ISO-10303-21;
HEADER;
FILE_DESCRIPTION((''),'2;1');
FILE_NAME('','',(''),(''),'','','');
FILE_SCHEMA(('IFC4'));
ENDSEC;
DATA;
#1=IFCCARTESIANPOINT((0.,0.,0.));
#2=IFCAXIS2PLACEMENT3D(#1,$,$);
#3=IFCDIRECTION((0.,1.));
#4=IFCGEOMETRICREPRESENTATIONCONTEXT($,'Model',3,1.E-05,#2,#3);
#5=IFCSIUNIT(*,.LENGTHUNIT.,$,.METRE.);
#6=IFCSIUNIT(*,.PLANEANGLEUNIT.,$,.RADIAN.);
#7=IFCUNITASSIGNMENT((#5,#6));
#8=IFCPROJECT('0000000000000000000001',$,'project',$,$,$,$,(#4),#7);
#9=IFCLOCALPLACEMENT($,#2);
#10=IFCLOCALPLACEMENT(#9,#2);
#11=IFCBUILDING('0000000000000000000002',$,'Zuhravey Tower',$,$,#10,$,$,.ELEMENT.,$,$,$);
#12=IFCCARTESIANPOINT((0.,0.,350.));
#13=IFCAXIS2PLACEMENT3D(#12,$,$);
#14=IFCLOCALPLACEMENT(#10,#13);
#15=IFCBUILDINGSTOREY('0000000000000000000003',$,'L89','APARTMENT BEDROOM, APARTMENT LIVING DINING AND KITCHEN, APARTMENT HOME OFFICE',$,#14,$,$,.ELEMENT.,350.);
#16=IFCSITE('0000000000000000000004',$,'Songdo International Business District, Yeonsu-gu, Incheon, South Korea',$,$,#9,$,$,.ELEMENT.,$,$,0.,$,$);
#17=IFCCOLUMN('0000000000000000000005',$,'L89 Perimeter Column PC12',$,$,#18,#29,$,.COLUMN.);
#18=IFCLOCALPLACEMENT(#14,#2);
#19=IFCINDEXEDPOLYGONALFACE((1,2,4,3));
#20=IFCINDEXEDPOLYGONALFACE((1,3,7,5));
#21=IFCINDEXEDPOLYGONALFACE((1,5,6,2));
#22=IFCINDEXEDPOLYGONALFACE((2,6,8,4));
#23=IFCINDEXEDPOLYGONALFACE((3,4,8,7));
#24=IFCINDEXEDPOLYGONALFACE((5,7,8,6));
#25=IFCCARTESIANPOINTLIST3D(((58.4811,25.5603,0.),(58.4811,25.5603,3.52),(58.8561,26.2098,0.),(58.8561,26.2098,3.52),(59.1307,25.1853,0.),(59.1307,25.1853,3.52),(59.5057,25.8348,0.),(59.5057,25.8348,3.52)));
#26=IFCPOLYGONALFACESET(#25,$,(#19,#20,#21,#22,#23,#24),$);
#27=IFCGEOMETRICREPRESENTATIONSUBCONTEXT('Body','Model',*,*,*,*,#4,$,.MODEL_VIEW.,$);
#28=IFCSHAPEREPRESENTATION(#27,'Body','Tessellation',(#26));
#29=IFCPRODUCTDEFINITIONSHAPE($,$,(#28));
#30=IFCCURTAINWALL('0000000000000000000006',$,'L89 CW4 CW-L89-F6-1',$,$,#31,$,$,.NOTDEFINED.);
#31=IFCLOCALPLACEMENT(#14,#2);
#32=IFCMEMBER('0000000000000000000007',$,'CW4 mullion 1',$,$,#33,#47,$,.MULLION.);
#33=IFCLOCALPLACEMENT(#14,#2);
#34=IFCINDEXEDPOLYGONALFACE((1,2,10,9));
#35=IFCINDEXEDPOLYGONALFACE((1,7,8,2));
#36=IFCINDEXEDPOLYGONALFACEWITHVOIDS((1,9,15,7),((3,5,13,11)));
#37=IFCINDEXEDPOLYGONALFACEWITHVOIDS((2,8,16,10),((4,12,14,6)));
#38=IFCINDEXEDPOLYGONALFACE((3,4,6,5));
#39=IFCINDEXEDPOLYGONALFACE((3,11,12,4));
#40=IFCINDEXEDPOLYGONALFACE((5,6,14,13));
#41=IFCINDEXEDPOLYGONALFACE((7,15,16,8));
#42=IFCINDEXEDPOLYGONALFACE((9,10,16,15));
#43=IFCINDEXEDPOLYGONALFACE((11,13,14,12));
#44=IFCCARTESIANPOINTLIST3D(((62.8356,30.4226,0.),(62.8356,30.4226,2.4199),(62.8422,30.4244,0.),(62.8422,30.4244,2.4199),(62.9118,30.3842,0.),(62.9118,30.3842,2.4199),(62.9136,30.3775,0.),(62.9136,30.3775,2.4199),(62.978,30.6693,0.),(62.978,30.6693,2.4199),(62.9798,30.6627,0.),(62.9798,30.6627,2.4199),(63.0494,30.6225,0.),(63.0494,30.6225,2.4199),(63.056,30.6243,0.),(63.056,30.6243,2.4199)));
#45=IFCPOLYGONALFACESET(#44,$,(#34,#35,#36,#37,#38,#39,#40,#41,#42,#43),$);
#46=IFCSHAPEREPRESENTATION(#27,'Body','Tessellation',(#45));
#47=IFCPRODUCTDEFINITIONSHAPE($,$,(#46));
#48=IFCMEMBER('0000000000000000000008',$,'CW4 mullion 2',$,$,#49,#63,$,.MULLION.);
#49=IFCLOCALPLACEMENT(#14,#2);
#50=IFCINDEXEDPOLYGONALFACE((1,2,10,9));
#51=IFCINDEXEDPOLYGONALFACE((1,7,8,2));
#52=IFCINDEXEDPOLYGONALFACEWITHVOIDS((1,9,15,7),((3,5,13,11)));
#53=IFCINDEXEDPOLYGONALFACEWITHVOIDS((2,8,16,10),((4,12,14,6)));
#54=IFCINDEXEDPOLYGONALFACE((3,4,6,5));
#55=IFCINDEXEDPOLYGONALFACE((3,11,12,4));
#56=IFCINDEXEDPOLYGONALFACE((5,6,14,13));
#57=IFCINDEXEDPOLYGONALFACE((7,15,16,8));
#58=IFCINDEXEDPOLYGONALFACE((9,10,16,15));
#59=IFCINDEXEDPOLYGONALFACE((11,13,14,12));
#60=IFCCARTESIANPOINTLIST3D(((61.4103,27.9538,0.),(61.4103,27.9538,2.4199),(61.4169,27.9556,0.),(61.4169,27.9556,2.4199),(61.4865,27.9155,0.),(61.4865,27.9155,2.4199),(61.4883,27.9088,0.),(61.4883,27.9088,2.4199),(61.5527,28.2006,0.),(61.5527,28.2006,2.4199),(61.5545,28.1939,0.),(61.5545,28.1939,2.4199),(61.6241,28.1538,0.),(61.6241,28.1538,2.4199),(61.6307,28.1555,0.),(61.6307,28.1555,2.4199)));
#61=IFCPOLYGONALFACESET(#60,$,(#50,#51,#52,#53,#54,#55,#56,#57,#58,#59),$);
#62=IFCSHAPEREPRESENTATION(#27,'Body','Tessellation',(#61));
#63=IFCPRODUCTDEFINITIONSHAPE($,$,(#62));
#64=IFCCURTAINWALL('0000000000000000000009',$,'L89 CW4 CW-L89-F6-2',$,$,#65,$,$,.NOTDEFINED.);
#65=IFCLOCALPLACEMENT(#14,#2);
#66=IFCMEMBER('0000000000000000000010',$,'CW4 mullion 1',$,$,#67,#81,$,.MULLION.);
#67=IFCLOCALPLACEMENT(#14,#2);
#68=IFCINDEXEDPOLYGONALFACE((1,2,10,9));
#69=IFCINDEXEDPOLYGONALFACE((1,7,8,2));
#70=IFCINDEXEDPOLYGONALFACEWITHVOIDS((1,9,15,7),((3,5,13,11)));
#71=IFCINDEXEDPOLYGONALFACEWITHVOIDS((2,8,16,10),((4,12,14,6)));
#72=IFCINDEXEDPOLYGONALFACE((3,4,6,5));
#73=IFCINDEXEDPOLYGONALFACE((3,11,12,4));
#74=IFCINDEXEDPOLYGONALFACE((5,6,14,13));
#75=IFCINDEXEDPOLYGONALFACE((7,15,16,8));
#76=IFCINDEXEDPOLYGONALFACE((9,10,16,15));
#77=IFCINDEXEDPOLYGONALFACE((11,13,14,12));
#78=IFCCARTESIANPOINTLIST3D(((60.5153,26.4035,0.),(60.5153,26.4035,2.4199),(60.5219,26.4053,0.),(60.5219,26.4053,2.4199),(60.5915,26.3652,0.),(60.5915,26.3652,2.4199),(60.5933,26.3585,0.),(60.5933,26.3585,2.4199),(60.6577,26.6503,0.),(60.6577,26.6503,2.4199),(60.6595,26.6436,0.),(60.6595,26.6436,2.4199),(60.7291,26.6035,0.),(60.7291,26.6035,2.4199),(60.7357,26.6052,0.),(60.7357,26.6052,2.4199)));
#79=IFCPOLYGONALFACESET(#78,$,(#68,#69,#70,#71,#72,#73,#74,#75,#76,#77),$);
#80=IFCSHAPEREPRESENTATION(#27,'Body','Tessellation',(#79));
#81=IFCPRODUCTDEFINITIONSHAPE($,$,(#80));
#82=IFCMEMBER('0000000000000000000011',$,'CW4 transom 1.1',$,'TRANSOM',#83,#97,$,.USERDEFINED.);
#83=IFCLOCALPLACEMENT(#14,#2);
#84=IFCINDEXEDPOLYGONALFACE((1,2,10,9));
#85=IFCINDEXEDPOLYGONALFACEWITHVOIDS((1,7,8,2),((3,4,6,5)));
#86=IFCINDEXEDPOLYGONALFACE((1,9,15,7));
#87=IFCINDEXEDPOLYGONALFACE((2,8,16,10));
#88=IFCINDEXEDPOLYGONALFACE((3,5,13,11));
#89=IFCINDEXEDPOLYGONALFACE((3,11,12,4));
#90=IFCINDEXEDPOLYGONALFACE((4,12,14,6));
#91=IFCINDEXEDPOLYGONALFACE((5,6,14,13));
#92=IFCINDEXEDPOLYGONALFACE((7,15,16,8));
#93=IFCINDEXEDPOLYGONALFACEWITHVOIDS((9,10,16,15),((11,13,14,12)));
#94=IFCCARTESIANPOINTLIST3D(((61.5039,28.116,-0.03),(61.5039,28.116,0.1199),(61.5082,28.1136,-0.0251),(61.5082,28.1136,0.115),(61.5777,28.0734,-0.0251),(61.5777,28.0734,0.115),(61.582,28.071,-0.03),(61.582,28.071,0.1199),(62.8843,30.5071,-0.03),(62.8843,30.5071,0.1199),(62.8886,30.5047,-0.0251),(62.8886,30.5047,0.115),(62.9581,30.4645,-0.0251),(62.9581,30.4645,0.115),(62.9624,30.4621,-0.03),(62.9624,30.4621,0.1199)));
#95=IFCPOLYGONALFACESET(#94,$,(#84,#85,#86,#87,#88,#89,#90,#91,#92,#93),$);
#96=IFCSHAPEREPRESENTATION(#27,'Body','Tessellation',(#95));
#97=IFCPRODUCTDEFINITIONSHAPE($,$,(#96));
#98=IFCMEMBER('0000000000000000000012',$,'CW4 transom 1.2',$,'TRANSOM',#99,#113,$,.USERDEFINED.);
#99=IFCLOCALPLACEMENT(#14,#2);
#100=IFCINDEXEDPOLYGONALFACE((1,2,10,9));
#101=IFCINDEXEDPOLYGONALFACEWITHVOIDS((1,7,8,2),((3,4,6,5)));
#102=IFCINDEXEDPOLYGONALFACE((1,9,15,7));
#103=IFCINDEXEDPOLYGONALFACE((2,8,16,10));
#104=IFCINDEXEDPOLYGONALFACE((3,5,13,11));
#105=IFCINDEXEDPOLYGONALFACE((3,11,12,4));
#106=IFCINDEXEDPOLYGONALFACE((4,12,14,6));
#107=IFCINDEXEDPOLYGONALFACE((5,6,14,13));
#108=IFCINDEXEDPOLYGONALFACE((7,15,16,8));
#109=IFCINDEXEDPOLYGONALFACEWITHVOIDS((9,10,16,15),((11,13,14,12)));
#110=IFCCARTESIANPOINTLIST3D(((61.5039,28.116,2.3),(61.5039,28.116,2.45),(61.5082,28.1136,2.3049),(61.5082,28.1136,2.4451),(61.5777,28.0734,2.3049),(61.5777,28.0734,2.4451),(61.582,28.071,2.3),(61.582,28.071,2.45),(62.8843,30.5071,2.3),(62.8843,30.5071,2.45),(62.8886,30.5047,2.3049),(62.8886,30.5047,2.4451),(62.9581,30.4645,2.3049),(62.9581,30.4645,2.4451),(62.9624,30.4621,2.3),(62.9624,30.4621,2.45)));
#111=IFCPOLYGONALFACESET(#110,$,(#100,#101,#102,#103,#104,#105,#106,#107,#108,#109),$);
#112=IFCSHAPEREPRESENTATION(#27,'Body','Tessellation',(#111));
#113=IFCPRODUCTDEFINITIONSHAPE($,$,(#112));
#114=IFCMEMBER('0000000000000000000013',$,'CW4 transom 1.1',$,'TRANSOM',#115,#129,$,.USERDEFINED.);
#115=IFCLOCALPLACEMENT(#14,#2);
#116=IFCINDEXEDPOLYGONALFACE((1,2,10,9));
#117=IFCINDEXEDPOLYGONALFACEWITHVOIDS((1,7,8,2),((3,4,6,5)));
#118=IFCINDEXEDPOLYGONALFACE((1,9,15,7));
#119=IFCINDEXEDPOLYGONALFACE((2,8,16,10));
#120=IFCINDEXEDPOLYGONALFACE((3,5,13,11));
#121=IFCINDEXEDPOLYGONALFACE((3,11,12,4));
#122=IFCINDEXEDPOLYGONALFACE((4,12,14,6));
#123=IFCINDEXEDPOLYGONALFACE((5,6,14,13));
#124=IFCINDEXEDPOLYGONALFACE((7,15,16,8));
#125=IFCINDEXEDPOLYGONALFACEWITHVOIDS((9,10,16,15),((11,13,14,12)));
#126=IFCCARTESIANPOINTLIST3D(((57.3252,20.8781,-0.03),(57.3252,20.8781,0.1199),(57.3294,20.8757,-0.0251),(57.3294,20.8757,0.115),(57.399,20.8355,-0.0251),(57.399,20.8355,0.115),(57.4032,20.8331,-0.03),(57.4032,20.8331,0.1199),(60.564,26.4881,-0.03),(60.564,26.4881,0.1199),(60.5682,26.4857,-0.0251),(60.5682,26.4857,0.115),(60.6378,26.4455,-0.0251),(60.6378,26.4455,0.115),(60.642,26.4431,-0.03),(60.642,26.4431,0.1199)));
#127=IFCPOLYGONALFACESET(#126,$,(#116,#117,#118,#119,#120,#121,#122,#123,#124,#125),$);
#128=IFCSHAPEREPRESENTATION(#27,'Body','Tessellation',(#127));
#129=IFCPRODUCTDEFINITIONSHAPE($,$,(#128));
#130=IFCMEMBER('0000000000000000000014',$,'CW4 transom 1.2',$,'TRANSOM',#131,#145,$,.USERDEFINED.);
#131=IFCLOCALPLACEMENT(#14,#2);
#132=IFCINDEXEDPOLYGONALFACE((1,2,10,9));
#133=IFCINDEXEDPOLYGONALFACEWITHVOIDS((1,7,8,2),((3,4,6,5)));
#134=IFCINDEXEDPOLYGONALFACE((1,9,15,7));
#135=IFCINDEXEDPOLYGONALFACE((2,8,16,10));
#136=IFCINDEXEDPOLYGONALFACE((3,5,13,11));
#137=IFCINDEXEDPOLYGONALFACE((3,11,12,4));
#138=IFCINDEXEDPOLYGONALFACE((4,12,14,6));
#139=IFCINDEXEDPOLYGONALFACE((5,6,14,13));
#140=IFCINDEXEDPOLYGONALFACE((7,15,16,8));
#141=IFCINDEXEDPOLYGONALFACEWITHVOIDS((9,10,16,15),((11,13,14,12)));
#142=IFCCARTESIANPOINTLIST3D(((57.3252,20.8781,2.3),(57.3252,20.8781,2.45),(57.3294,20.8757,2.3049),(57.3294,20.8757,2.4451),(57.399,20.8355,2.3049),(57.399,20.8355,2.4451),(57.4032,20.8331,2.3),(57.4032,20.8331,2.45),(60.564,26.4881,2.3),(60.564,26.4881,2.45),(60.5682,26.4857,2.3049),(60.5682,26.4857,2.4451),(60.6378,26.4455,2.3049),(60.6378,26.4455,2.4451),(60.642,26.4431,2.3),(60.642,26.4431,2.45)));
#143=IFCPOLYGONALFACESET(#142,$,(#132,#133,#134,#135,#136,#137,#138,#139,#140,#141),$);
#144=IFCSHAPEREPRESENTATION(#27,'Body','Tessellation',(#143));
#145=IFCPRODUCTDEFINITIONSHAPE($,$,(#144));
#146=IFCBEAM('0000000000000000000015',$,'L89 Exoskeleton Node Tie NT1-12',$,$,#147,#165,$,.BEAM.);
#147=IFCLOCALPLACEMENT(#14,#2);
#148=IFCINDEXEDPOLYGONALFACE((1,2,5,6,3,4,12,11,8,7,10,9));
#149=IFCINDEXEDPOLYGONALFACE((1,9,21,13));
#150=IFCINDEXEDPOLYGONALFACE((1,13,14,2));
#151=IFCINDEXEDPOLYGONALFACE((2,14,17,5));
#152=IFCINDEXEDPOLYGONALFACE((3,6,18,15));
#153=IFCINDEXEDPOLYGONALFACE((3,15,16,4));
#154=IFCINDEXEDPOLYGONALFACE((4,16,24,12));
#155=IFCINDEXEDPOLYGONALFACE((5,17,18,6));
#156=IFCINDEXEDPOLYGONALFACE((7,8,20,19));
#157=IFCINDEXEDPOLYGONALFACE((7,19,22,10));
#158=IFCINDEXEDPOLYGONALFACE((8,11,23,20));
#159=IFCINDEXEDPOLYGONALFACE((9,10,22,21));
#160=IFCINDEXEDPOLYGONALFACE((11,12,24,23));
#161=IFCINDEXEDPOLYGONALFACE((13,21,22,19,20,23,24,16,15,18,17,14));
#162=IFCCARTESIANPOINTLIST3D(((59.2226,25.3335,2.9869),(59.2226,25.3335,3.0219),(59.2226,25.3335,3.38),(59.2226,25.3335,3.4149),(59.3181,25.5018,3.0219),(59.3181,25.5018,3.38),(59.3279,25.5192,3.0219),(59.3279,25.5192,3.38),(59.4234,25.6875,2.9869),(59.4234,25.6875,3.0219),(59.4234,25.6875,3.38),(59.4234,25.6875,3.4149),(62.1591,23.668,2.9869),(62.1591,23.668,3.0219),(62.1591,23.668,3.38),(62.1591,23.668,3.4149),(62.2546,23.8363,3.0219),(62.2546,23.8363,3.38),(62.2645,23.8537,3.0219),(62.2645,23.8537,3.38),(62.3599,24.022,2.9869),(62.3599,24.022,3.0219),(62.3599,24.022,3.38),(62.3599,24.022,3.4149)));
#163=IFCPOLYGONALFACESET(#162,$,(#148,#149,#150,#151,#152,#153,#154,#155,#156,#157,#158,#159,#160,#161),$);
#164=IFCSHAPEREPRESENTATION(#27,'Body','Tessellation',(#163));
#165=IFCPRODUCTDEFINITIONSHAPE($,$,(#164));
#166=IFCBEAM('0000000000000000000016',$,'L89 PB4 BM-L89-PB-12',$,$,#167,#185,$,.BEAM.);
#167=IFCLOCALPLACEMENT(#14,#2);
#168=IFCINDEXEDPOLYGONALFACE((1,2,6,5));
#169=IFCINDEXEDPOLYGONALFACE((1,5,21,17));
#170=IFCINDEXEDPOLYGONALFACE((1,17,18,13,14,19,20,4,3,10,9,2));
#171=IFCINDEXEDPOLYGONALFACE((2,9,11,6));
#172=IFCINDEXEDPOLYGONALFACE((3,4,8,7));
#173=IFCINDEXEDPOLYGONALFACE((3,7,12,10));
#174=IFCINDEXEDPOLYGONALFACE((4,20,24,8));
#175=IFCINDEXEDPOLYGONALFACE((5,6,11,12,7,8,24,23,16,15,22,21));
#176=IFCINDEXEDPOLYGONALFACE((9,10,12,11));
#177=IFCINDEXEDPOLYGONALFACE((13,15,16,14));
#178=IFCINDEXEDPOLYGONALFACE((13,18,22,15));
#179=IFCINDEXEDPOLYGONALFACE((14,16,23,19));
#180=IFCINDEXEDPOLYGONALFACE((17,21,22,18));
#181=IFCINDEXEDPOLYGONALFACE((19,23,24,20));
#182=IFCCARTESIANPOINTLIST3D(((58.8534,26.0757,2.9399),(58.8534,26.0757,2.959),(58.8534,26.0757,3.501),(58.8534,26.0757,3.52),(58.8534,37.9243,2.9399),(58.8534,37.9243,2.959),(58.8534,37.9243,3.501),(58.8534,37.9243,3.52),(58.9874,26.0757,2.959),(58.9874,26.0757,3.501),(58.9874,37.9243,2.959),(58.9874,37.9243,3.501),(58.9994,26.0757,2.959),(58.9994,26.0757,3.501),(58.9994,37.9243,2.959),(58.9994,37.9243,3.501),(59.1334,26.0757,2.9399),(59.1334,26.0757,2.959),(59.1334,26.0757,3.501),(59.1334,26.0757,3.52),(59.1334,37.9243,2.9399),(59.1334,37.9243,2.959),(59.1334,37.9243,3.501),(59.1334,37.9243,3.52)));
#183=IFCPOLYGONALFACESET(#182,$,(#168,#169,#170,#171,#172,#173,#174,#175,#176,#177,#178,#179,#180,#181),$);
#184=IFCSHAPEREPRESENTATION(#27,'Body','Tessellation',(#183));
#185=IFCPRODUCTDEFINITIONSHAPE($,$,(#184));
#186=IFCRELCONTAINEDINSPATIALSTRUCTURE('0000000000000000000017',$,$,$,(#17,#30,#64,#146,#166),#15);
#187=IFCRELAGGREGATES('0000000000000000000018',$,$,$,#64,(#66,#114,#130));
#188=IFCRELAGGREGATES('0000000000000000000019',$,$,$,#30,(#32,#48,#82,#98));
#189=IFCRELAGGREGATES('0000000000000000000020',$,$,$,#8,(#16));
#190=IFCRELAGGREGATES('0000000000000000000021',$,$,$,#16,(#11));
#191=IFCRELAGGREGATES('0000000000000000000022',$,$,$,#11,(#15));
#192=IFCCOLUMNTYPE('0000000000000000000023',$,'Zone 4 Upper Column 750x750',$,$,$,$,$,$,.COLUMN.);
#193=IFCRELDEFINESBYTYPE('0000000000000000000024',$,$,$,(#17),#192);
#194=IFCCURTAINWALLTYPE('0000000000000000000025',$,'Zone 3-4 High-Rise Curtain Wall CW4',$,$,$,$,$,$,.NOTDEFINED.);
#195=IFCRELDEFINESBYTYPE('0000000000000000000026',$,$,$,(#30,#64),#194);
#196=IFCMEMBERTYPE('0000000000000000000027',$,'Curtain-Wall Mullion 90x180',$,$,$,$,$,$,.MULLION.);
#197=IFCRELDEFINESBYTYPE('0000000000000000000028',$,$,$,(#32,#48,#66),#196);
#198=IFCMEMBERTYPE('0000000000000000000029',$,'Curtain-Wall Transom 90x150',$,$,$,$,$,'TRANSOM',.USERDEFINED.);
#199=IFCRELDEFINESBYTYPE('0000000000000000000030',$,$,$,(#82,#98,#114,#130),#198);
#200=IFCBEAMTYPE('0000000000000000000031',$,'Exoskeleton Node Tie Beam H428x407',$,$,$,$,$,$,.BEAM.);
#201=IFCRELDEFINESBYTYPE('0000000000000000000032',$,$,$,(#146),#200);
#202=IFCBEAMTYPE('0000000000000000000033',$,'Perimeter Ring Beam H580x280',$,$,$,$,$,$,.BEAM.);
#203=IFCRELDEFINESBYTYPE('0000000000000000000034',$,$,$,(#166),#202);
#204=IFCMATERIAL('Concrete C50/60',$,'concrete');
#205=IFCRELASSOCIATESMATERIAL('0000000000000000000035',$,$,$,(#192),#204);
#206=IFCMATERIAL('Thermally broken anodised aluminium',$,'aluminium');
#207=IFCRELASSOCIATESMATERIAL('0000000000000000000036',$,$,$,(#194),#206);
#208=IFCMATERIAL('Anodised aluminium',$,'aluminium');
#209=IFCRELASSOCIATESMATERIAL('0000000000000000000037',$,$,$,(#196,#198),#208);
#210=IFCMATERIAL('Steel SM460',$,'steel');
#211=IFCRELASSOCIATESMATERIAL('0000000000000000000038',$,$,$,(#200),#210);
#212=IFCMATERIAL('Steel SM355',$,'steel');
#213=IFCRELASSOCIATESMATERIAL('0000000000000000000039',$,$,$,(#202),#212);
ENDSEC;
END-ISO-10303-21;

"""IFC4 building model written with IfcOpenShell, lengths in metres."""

from ifc_helpers import new_model, si_unit, direction, frame, origin, origin_2d, place, context, subcontext, project, spatial, rectangle, hollow_rectangle, i_section, extrude, material, material_profile, profile_set, type_object, element, aggregate, save


model = new_model("IFC4")

# Units and contexts
model_context = context("Model", 3, precision=1e-05, world=origin(), true_north=direction((0.0, 1.0)))
body_context = subcontext(model_context, "Body", "Model", "MODEL_VIEW")
ifc_project = project(units=[si_unit("LENGTHUNIT", "METRE"), si_unit("PLANEANGLEUNIT", "RADIAN")], contexts=[model_context])

# Site, building, storey
site_placement = place(None, origin())
site = spatial("IfcSite", under=ifc_project, at=site_placement, Name="Songdo International Business District, Yeonsu-gu, Incheon, South Korea", CompositionType="ELEMENT", RefElevation=0.0)
building_placement = place(site_placement, origin())
building = spatial("IfcBuilding", under=site, at=building_placement, Name="Zuhravey Tower", CompositionType="ELEMENT")
storey_placement = place(building_placement, frame((0.0, 0.0, 350.0)))
storey = spatial("IfcBuildingStorey", under=building, at=storey_placement, Name="L89", Description="APARTMENT BEDROOM, APARTMENT LIVING DINING AND KITCHEN, APARTMENT HOME OFFICE", CompositionType="ELEMENT", Elevation=350.0)

# Column
ifc_material_1 = material(Name="Concrete C50/60", Category="concrete")
ifc_material_profile_1 = material_profile(ifc_material_1, rectangle(XDim=0.75, YDim=0.75, at=origin_2d()), Name="RC-750x750")
ifc_profile_set_1 = profile_set([ifc_material_profile_1], Name="Concrete C50/60")
column_type = type_object("IfcColumnType", Name="Zone 4 Upper Column 750x750", PredefinedType="COLUMN", material=ifc_profile_set_1)
column_placement = place(storey_placement, frame((58.9934, 25.6975, 0.0), z_axis=(0.0, 0.0, 1.0), x_axis=(0.5, 0.866025, 0.0)))
element("IfcColumn", 1, at=column_placement, inside=storey, type_object=column_type, Name="L89 Perimeter Column PC12", PredefinedType="COLUMN", context=body_context, shape_type="SweptSolid", body=[
    extrude(rectangle(XDim=0.75, YDim=0.75, at=origin_2d()), origin(), (0.0, 0.0, 1.0), 3.52),
])

# Curtain wall, members
ifc_material_2 = material(Name="Thermally broken anodised aluminium", Category="aluminium")
curtain_wall_type = type_object("IfcCurtainWallType", Name="Zone 3-4 High-Rise Curtain Wall CW4", PredefinedType="NOTDEFINED", material=ifc_material_2)
curtain_wall_1_placement = place(storey_placement, origin())
curtain_wall_1 = element("IfcCurtainWall", 2, at=curtain_wall_1_placement, inside=storey, type_object=curtain_wall_type, Name="L89 CW4 CW-L89-F6-1", PredefinedType="NOTDEFINED")
ifc_material_3 = material(Name="Anodised aluminium", Category="aluminium")
ifc_material_profile_2 = material_profile(ifc_material_3, hollow_rectangle(XDim=0.0901, YDim=0.2849, WallThickness=0.0049, at=origin_2d()), Name="ALU-RHS-90x285x5")
ifc_profile_set_2 = profile_set([ifc_material_profile_2], Name="Anodised aluminium")
member_type_1 = type_object("IfcMemberType", Name="Curtain-Wall Mullion 90x180", PredefinedType="MULLION", material=ifc_profile_set_2)
member_1_placement = place(storey_placement, frame((62.9458, 30.5234, 0.0), z_axis=(0.0, 0.0, 1.0), x_axis=(0.866033, -0.499986, 0.0)))
member_1 = element("IfcMember", 3, at=member_1_placement, type_object=member_type_1, Name="CW4 mullion 1", PredefinedType="MULLION", context=body_context, shape_type="SweptSolid", body=[
    extrude(hollow_rectangle(XDim=0.0901, YDim=0.2849, WallThickness=0.0049, at=origin_2d()), origin(), (0.0, 0.0, 1.0), 2.4199),
])
member_2_placement = place(storey_placement, frame((61.5205, 28.0547, 0.0), z_axis=(0.0, 0.0, 1.0), x_axis=(0.866033, -0.499986, 0.0)))
member_2 = element("IfcMember", 4, at=member_2_placement, type_object=member_type_1, Name="CW4 mullion 2", PredefinedType="MULLION", context=body_context, shape_type="SweptSolid", body=[
    extrude(hollow_rectangle(XDim=0.0901, YDim=0.2849, WallThickness=0.0049, at=origin_2d()), origin(), (0.0, 0.0, 1.0), 2.4199),
])

# Curtain wall, member
curtain_wall_2_placement = place(storey_placement, origin())
curtain_wall_2 = element("IfcCurtainWall", 5, at=curtain_wall_2_placement, inside=storey, type_object=curtain_wall_type, Name="L89 CW4 CW-L89-F6-2", PredefinedType="NOTDEFINED")
member_3_placement = place(storey_placement, frame((60.6255, 26.5044, 0.0), z_axis=(0.0, 0.0, 1.0), x_axis=(0.866025, -0.500001, 0.0)))
member_3 = element("IfcMember", 6, at=member_3_placement, type_object=member_type_1, Name="CW4 mullion 1", PredefinedType="MULLION", context=body_context, shape_type="SweptSolid", body=[
    extrude(hollow_rectangle(XDim=0.0901, YDim=0.2849, WallThickness=0.0049, at=origin_2d()), origin(), (0.0, 0.0, 1.0), 2.4199),
])

# Members
ifc_material_profile_3 = material_profile(ifc_material_3, hollow_rectangle(XDim=0.0901, YDim=0.1499, WallThickness=0.0049, at=origin_2d()), Name="ALU-RHS-90x150x5")
ifc_profile_set_3 = profile_set([ifc_material_profile_3], Name="Anodised aluminium")
member_type_2 = type_object("IfcMemberType", Name="Curtain-Wall Transom 90x150", ElementType="TRANSOM", PredefinedType="USERDEFINED", material=ifc_profile_set_3)
member_4_placement = place(storey_placement, frame((62.9233, 30.4846, 0.0449), z_axis=(-0.499962, -0.866047, 0.0), x_axis=(0.866047, -0.499962, 0.0)))
member_4 = element("IfcMember", 7, at=member_4_placement, type_object=member_type_2, Name="CW4 transom 1.1", ObjectType="TRANSOM", PredefinedType="USERDEFINED", context=body_context, shape_type="SweptSolid", body=[
    extrude(hollow_rectangle(XDim=0.0901, YDim=0.1499, WallThickness=0.0049, at=origin_2d()), origin(), (0.0, 0.0, 1.0), 2.761),
])
member_5_placement = place(storey_placement, frame((62.9233, 30.4846, 2.375), z_axis=(-0.499962, -0.866047, 0.0), x_axis=(0.866047, -0.499962, 0.0)))
member_5 = element("IfcMember", 8, at=member_5_placement, type_object=member_type_2, Name="CW4 transom 1.2", ObjectType="TRANSOM", PredefinedType="USERDEFINED", context=body_context, shape_type="SweptSolid", body=[
    extrude(hollow_rectangle(XDim=0.0901, YDim=0.1499, WallThickness=0.0049, at=origin_2d()), origin(), (0.0, 0.0, 1.0), 2.761),
])
member_6_placement = place(storey_placement, frame((60.603, 26.4656, 0.0449), z_axis=(-0.49999, -0.866031, 0.0), x_axis=(0.866031, -0.49999, 0.0)))
member_6 = element("IfcMember", 9, at=member_6_placement, type_object=member_type_2, Name="CW4 transom 1.1", ObjectType="TRANSOM", PredefinedType="USERDEFINED", context=body_context, shape_type="SweptSolid", body=[
    extrude(hollow_rectangle(XDim=0.0901, YDim=0.1499, WallThickness=0.0049, at=origin_2d()), origin(), (0.0, 0.0, 1.0), 6.4778),
])
member_7_placement = place(storey_placement, frame((60.603, 26.4656, 2.375), z_axis=(-0.49999, -0.866031, 0.0), x_axis=(0.866031, -0.49999, 0.0)))
member_7 = element("IfcMember", 10, at=member_7_placement, type_object=member_type_2, Name="CW4 transom 1.2", ObjectType="TRANSOM", PredefinedType="USERDEFINED", context=body_context, shape_type="SweptSolid", body=[
    extrude(hollow_rectangle(XDim=0.0901, YDim=0.1499, WallThickness=0.0049, at=origin_2d()), origin(), (0.0, 0.0, 1.0), 6.4778),
])
aggregate(curtain_wall_2, [member_3, member_6, member_7])

# Beams
ifc_material_4 = material(Name="Steel SM460", Category="steel")
ifc_material_profile_4 = material_profile(ifc_material_4, i_section(OverallWidth=0.407, OverallDepth=0.428, WebThickness=0.02, FlangeThickness=0.0349, at=origin_2d()), Name="H-428x407x20x35")
ifc_profile_set_4 = profile_set([ifc_material_profile_4], Name="Steel SM460")
beam_type_1 = type_object("IfcBeamType", Name="Exoskeleton Node Tie Beam H428x407", PredefinedType="BEAM", material=ifc_profile_set_4)
beam_1_placement = place(storey_placement, frame((59.323, 25.5105, 3.2009), z_axis=(0.869832, -0.493348, 0.0), x_axis=(0.493348, 0.869832, 0.0)))
element("IfcBeam", 11, at=beam_1_placement, inside=storey, type_object=beam_type_1, Name="L89 Exoskeleton Node Tie NT1-12", PredefinedType="BEAM", context=body_context, shape_type="SweptSolid", body=[
    extrude(i_section(OverallWidth=0.407, OverallDepth=0.428, WebThickness=0.02, FlangeThickness=0.0349, at=origin_2d()), origin(), (0.0, 0.0, 1.0), 3.376),
])
ifc_material_5 = material(Name="Steel SM355", Category="steel")
ifc_material_profile_5 = material_profile(ifc_material_5, i_section(OverallWidth=0.28, OverallDepth=0.5801, WebThickness=0.012, FlangeThickness=0.019, at=origin_2d()), Name="H-580x280x12x19")
ifc_profile_set_5 = profile_set([ifc_material_profile_5], Name="Steel SM355")
beam_type_2 = type_object("IfcBeamType", Name="Perimeter Ring Beam H580x280", PredefinedType="BEAM", material=ifc_profile_set_5)
beam_2_placement = place(storey_placement, frame((58.9934, 26.0757, 3.23), z_axis=(0.0, 1.0, 0.0), x_axis=(-1.0, 0.0, 0.0)))
element("IfcBeam", 12, at=beam_2_placement, inside=storey, type_object=beam_type_2, Name="L89 PB4 BM-L89-PB-12", PredefinedType="BEAM", context=body_context, shape_type="SweptSolid", body=[
    extrude(i_section(OverallWidth=0.28, OverallDepth=0.5801, WebThickness=0.012, FlangeThickness=0.019, at=origin_2d()), origin(), (0.0, 0.0, 1.0), 11.8486),
])

aggregate(curtain_wall_1, [member_1, member_2, member_4, member_5])

save(model, "model.ifc")
